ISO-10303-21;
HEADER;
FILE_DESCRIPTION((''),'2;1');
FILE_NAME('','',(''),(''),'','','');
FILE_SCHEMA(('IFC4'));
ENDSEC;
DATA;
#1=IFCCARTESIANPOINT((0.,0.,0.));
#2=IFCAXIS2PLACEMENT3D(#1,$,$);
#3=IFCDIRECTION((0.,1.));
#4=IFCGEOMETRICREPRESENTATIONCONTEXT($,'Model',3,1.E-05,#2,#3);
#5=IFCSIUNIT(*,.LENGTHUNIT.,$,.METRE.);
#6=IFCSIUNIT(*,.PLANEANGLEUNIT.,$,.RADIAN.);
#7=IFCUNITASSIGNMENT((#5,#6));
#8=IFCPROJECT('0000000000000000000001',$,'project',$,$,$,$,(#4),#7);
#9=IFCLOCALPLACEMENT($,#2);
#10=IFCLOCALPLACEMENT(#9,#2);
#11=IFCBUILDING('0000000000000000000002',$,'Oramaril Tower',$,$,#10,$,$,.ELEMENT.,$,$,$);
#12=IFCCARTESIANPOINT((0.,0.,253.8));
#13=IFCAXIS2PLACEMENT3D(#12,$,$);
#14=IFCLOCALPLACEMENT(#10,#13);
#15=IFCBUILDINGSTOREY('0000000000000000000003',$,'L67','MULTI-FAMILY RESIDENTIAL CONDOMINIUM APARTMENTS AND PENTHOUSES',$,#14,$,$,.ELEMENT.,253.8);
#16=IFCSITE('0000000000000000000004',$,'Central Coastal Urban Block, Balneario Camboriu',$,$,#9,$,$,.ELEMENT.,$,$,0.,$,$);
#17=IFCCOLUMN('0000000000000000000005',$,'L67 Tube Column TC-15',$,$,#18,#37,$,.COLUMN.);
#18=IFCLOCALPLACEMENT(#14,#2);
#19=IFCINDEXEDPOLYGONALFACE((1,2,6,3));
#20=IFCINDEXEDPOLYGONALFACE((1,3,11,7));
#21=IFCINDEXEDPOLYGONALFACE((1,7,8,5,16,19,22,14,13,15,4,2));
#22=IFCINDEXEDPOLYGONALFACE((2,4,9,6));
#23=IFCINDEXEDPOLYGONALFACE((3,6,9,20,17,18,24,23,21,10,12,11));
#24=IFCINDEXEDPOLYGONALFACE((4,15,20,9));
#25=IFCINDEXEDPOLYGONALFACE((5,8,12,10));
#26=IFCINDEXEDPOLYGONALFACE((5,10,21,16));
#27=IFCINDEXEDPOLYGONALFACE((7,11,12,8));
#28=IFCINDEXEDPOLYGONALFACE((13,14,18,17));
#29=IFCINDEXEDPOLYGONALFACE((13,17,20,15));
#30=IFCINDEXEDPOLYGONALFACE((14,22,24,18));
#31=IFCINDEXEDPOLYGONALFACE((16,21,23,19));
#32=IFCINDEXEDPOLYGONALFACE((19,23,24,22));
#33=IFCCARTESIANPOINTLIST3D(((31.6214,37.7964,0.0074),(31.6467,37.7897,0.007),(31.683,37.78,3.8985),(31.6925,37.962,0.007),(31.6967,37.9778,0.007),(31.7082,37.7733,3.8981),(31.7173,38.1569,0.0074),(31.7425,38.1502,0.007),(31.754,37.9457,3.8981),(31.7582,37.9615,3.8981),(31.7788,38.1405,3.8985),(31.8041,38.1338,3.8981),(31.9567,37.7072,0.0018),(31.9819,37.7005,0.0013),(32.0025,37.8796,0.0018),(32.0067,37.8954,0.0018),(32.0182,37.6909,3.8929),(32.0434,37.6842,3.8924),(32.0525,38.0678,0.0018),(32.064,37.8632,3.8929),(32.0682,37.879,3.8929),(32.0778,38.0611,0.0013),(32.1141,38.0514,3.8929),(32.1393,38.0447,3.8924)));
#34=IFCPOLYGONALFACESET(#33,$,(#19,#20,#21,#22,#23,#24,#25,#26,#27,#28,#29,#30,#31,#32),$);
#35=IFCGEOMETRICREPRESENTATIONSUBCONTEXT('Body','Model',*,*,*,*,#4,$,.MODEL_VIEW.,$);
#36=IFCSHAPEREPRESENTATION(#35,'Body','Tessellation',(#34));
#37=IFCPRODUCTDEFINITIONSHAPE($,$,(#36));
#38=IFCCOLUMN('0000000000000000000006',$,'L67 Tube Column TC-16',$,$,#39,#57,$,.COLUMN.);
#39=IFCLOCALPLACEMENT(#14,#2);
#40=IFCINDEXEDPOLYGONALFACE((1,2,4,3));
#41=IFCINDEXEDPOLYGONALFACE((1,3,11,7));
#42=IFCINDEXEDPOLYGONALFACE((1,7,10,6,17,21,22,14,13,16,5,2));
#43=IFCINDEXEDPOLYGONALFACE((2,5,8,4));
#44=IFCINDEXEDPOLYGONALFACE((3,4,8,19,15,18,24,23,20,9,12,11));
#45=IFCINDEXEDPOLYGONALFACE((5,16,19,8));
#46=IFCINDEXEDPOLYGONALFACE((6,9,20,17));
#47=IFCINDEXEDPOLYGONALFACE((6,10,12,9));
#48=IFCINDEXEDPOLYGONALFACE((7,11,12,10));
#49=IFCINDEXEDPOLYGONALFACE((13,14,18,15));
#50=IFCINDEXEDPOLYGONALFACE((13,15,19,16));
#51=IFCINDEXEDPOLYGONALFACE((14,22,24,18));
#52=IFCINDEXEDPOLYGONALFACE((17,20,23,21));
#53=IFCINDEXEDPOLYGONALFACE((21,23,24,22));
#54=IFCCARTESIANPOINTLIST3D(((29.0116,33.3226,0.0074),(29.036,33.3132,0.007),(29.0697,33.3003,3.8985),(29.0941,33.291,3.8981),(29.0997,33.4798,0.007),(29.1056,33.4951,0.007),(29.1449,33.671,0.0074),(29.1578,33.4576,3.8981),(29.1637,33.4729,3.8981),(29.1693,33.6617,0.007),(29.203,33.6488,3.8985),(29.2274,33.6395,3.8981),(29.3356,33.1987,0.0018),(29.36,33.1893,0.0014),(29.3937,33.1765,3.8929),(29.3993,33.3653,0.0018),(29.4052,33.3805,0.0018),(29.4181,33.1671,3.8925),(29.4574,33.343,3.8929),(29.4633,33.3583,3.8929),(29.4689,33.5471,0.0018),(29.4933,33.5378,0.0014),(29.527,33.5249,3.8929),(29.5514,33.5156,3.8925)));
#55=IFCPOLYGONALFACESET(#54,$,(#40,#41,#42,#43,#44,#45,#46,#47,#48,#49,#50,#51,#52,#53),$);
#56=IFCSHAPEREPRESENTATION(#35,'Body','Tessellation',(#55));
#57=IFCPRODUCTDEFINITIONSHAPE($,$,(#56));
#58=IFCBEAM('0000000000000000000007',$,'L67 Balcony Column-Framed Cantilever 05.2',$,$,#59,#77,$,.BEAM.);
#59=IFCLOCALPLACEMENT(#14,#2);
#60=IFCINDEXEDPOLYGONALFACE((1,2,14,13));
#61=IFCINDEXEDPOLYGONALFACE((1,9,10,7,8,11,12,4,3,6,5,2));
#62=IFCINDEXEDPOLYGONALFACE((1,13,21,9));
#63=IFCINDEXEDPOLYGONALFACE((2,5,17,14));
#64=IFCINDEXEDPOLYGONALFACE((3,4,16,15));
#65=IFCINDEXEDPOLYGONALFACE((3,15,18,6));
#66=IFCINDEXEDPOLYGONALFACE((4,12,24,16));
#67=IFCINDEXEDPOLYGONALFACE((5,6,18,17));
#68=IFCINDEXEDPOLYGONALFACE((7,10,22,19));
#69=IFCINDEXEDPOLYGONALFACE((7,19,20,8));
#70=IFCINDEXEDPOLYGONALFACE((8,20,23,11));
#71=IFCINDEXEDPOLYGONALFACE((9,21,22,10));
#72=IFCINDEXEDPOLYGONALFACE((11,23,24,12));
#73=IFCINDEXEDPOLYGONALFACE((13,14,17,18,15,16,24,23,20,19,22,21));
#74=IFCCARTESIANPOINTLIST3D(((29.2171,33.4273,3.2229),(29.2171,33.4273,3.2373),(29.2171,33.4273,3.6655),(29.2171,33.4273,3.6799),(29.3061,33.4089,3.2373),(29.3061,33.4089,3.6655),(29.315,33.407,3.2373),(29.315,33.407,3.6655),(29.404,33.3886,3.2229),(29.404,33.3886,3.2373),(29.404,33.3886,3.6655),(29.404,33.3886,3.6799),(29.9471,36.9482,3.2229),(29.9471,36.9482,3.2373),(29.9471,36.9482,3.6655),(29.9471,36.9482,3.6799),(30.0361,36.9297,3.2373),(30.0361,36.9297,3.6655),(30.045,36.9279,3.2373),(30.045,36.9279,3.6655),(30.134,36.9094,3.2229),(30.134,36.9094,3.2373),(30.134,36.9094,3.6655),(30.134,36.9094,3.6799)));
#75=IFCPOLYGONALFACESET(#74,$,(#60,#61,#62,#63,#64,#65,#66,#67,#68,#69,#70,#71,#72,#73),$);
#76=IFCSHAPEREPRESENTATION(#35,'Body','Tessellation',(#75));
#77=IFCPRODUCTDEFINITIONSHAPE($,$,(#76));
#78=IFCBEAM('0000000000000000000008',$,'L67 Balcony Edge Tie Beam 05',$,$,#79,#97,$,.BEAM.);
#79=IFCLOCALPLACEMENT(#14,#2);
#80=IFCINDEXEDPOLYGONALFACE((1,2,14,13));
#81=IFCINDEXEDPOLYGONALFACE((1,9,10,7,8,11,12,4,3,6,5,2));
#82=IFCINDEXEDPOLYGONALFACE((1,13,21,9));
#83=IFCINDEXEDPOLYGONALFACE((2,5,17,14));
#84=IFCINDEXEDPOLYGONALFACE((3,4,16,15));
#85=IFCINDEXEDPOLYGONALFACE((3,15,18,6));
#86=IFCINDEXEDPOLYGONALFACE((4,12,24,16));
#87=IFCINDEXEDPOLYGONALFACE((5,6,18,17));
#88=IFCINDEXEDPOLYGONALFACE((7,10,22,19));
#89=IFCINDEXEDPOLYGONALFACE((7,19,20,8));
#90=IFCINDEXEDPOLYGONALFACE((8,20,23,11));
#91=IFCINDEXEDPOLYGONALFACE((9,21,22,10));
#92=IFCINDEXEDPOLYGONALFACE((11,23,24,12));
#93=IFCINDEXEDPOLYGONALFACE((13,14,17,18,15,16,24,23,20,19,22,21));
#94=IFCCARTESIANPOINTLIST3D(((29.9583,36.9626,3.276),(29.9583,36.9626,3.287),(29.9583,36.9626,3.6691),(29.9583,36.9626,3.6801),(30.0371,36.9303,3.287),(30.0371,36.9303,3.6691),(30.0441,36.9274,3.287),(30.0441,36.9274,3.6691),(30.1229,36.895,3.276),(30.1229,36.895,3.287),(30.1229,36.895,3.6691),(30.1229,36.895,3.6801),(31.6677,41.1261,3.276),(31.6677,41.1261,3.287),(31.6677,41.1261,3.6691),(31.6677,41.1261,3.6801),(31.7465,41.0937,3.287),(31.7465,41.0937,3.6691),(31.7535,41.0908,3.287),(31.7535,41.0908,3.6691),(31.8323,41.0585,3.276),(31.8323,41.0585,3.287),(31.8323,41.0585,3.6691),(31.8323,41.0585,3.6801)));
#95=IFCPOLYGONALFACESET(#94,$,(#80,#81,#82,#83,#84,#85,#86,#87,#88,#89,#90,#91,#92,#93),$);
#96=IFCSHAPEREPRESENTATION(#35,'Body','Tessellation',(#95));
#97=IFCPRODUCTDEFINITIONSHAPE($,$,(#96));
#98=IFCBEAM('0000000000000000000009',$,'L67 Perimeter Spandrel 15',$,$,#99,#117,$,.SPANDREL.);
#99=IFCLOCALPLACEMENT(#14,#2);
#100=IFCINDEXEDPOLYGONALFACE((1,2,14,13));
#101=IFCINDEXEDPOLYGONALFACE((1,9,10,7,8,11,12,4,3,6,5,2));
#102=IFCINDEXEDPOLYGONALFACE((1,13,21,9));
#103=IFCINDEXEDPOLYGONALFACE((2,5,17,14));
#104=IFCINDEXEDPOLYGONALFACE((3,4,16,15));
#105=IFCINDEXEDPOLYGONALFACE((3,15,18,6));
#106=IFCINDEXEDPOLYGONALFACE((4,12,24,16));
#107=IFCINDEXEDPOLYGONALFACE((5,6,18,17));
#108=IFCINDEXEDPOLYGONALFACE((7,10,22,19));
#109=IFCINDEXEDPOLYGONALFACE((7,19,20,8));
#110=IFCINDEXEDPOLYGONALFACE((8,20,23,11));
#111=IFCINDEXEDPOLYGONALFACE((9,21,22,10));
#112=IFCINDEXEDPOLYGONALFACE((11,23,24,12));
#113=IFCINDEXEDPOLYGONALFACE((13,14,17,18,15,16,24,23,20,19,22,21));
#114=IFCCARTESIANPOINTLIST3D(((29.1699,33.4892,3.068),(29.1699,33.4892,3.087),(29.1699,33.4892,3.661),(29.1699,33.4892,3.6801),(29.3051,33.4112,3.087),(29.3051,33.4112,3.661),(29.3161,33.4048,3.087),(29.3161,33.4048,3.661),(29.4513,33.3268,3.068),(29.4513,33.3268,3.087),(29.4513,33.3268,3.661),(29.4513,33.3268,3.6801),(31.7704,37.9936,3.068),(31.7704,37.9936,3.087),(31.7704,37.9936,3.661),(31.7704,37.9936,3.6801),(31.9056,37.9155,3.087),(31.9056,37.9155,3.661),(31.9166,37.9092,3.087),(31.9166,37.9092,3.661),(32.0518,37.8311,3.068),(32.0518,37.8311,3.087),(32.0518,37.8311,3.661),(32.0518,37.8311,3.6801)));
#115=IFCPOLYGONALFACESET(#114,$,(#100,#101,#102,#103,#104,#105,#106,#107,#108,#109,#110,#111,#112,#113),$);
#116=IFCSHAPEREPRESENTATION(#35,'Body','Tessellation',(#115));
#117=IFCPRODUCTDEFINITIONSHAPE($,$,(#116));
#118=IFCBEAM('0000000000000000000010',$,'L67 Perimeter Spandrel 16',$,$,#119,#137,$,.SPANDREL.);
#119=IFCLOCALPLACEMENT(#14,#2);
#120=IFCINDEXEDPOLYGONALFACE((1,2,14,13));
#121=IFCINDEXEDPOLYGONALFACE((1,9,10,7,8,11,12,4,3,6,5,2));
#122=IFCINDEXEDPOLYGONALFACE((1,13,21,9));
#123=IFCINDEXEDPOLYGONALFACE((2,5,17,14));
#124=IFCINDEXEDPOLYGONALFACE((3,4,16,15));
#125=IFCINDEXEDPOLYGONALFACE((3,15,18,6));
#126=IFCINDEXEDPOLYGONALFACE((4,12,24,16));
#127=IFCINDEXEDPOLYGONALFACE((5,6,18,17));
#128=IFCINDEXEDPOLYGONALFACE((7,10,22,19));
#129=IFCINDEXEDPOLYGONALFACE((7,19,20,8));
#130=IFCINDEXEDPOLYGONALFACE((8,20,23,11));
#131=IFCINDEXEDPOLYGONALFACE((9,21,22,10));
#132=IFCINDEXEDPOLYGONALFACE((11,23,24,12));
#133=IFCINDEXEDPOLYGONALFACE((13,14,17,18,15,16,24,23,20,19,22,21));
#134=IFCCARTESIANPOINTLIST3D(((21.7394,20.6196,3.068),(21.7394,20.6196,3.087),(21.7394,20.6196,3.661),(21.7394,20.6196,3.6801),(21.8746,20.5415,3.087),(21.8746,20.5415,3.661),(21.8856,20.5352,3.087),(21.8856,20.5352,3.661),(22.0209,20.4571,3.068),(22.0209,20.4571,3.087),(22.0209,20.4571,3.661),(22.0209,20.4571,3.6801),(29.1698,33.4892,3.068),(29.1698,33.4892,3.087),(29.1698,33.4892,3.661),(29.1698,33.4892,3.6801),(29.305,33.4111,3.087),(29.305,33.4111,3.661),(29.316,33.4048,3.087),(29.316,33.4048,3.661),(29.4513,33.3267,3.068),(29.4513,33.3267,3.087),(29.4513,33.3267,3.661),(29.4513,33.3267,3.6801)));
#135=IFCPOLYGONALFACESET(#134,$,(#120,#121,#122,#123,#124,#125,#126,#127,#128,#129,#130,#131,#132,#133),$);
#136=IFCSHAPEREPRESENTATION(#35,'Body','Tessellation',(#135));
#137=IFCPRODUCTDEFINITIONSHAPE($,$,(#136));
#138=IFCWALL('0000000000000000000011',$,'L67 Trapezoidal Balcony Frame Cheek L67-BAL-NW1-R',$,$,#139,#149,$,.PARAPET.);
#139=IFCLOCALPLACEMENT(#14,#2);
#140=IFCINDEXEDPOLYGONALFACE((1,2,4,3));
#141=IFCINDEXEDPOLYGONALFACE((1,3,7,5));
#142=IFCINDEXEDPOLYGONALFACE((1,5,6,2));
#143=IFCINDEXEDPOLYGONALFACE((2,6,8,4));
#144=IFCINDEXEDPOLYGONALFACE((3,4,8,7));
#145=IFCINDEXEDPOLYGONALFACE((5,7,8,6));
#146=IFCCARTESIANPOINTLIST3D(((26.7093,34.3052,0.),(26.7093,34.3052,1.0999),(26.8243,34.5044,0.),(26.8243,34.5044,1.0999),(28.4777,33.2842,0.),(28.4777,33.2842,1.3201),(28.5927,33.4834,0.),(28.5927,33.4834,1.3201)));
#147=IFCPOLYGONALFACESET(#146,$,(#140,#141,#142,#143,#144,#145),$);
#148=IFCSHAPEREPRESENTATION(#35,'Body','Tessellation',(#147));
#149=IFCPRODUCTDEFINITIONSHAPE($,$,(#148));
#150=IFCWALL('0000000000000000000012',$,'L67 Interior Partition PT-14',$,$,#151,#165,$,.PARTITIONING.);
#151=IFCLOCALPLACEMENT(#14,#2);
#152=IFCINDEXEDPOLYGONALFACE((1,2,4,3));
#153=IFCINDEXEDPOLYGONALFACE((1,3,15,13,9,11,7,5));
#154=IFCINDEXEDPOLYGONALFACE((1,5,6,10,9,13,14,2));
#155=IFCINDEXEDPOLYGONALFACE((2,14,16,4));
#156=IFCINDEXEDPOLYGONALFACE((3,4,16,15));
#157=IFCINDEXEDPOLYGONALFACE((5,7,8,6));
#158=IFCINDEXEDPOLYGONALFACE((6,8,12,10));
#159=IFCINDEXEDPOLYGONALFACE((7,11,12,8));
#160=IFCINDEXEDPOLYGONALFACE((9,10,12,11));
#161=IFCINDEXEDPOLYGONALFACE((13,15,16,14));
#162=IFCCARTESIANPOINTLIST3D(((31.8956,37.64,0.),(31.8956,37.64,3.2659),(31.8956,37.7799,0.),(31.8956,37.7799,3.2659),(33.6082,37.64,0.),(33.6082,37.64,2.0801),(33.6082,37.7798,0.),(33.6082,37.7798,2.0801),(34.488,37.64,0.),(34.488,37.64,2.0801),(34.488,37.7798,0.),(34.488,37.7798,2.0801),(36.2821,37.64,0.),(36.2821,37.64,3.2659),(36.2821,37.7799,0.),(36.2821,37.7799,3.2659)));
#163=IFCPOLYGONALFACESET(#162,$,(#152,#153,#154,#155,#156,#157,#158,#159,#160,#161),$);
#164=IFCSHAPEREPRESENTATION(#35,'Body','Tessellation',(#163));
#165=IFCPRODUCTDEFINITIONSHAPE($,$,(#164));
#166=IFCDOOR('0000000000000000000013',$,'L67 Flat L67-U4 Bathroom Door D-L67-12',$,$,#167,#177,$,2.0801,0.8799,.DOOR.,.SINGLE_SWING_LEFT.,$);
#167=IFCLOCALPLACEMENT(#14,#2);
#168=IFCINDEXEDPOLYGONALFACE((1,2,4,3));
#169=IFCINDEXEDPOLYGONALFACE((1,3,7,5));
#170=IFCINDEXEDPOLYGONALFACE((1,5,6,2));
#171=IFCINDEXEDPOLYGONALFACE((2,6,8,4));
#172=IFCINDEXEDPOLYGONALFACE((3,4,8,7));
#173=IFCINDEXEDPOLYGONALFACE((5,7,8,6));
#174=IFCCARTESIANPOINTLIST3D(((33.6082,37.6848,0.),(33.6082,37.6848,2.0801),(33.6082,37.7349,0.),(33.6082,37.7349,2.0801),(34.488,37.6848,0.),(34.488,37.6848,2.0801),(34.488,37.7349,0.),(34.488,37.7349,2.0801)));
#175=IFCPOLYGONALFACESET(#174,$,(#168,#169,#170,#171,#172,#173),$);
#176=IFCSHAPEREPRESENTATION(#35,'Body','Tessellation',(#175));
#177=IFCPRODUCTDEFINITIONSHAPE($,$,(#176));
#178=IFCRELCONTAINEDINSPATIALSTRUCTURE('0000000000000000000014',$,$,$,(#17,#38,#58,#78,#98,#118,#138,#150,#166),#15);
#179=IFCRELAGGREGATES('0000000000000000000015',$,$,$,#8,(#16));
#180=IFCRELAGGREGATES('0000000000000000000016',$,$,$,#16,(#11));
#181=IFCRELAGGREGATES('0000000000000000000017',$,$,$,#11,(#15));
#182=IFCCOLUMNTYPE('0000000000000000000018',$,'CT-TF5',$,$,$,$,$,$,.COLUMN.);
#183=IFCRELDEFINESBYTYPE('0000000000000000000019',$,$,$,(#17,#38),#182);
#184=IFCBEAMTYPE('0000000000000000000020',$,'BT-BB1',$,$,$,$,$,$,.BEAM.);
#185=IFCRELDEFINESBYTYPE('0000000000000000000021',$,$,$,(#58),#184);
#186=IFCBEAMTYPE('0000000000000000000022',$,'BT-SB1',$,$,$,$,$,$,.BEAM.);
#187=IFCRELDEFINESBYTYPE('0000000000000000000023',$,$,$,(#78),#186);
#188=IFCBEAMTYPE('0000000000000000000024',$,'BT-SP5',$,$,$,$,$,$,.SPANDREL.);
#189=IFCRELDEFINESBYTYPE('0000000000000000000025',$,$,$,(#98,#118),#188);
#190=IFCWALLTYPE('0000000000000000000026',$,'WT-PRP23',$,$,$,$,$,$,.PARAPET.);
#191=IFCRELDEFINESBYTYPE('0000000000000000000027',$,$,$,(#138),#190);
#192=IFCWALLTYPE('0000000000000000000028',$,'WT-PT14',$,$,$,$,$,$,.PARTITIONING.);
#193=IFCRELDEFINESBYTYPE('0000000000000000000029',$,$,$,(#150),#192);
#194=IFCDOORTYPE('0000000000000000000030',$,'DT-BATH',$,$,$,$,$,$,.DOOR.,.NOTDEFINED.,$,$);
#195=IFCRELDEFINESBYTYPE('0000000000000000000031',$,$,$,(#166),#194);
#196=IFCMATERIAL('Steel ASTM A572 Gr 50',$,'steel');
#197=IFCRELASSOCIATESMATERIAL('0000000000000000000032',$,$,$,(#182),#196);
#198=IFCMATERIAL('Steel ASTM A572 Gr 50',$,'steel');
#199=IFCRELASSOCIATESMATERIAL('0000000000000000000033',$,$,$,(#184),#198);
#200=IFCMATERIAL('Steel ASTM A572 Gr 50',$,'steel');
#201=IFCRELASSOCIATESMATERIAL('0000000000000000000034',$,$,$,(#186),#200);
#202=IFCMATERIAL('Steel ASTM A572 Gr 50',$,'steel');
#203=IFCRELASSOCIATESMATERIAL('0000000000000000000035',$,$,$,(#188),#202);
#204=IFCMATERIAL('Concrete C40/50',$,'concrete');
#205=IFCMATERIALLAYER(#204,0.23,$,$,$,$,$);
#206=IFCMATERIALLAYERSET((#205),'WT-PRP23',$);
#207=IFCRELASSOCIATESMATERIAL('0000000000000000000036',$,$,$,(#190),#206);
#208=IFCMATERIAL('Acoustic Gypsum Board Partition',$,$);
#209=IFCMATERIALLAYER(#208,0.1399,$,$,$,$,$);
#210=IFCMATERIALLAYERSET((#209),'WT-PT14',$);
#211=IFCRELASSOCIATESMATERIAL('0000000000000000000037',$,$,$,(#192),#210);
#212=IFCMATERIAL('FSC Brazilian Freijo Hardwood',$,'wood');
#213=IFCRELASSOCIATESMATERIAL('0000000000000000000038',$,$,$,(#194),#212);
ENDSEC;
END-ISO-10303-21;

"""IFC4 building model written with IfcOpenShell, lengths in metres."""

from ifc_helpers import new_model, si_unit, direction, frame, frame_2d, origin, origin_2d, place, context, subcontext, project, spatial, polyline, rectangle, i_section, outline, extrude, material, layer, layer_set, material_profile, profile_set, type_object, element, fill, save


model = new_model("IFC4")

# Units and contexts
model_context = context("Model", 3, precision=1e-05, world=origin(), true_north=direction((0.0, 1.0)))
body_context = subcontext(model_context, "Body", "Model", "MODEL_VIEW")
ifc_project = project(units=[si_unit("LENGTHUNIT", "METRE"), si_unit("PLANEANGLEUNIT", "RADIAN")], contexts=[model_context])

# Site, building, storey
site_placement = place(None, origin())
site = spatial("IfcSite", under=ifc_project, at=site_placement, Name="Central Coastal Urban Block, Balneario Camboriu", CompositionType="ELEMENT", RefElevation=0.0)
building_placement = place(site_placement, origin())
building = spatial("IfcBuilding", under=site, at=building_placement, Name="Oramaril Tower", CompositionType="ELEMENT")
storey_placement = place(building_placement, frame((0.0, 0.0, 253.8)))
storey = spatial("IfcBuildingStorey", under=building, at=storey_placement, Name="L67", Description="MULTI-FAMILY RESIDENTIAL CONDOMINIUM APARTMENTS AND PENTHOUSES", CompositionType="ELEMENT", Elevation=253.8)

# Columns
ifc_material_1 = material(Name="Steel ASTM A572 Gr 50", Category="steel")
ifc_material_profile_1 = material_profile(ifc_material_1, i_section(OverallWidth=0.373, OverallDepth=0.373, WebThickness=0.0164, FlangeThickness=0.0261, at=origin_2d()), Name="W14X132")
ifc_profile_set_1 = profile_set([ifc_material_profile_1], Name="Steel ASTM A572 Gr 50")
column_type = type_object("IfcColumnType", Name="CT-TF5", PredefinedType="COLUMN", material=ifc_profile_set_1)
for number, where, z_axis, x_axis, name in (
    (1, (31.8496, 37.9287, 0.0044), (0.015809, -0.004203, 0.999866), (0.256946, 0.966426, 0.0), "L67 Tube Column TC-15"),
    (2, (29.2524, 33.4302, 0.0044), (0.014931, -0.005709, 0.999872), (0.357137, 0.934052, 0.0), "L67 Tube Column TC-16"),
):
    element("IfcColumn", number, at=place(storey_placement, frame(where, z_axis=z_axis, x_axis=x_axis)), inside=storey, type_object=column_type, Name=name, PredefinedType="COLUMN", context=body_context, shape_type="SweptSolid", body=[
        extrude(i_section(OverallWidth=0.373, OverallDepth=0.373, WebThickness=0.0164, FlangeThickness=0.0261, at=origin_2d()), origin(), (0.0, 0.0, 1.0), 3.8916),
    ])

# Beams
ifc_material_2 = material(Name="Steel ASTM A572 Gr 50", Category="steel")
ifc_material_profile_2 = material_profile(ifc_material_2, i_section(OverallWidth=0.1909, OverallDepth=0.457, WebThickness=0.009, FlangeThickness=0.0144, at=origin_2d()), Name="W18X50")
ifc_profile_set_2 = profile_set([ifc_material_profile_2], Name="Steel ASTM A572 Gr 50")
beam_type_1 = type_object("IfcBeamType", Name="BT-BB1", PredefinedType="BEAM", material=ifc_profile_set_2)
beam_1_placement = place(storey_placement, frame((29.3105, 33.408, 3.4514), z_axis=(0.203019, 0.979175, 0.0), x_axis=(-0.979175, 0.203019, 0.0)))
element("IfcBeam", 3, at=beam_1_placement, inside=storey, type_object=beam_type_1, Name="L67 Balcony Column-Framed Cantilever 05.2", PredefinedType="BEAM", context=body_context, shape_type="SweptSolid", body=[
    extrude(i_section(OverallWidth=0.1909, OverallDepth=0.457, WebThickness=0.009, FlangeThickness=0.0144, at=origin_2d()), origin(), (0.0, 0.0, 1.0), 3.5957),
])
ifc_material_3 = material(Name="Steel ASTM A572 Gr 50", Category="steel")
ifc_material_profile_3 = material_profile(ifc_material_3, i_section(OverallWidth=0.178, OverallDepth=0.4041, WebThickness=0.0076, FlangeThickness=0.011, at=origin_2d()), Name="W16X36")
ifc_profile_set_3 = profile_set([ifc_material_profile_3], Name="Steel ASTM A572 Gr 50")
beam_type_2 = type_object("IfcBeamType", Name="BT-SB1", PredefinedType="BEAM", material=ifc_profile_set_3)
beam_2_placement = place(storey_placement, frame((31.75, 41.0923, 3.478), z_axis=(-0.379811, -0.925064, 0.0), x_axis=(0.925064, -0.379811, 0.0)))
element("IfcBeam", 4, at=beam_2_placement, inside=storey, type_object=beam_type_2, Name="L67 Balcony Edge Tie Beam 05", PredefinedType="BEAM", context=body_context, shape_type="SweptSolid", body=[
    extrude(i_section(OverallWidth=0.178, OverallDepth=0.4041, WebThickness=0.0076, FlangeThickness=0.011, at=origin_2d()), origin(), (0.0, 0.0, 1.0), 4.5007),
])
ifc_material_4 = material(Name="Steel ASTM A572 Gr 50", Category="steel")
ifc_material_profile_4 = material_profile(ifc_material_4, i_section(OverallWidth=0.325, OverallDepth=0.6121, WebThickness=0.0127, FlangeThickness=0.019, at=origin_2d()), Name="W24X104")
ifc_profile_set_4 = profile_set([ifc_material_profile_4], Name="Steel ASTM A572 Gr 50")
beam_type_3 = type_object("IfcBeamType", Name="BT-SP5", PredefinedType="SPANDREL", material=ifc_profile_set_4)
beam_3_placement = place(storey_placement, frame((31.9111, 37.9124, 3.374), z_axis=(-0.499996, -0.866028, 0.0), x_axis=(0.866028, -0.499996, 0.0)))
element("IfcBeam", 5, at=beam_3_placement, inside=storey, type_object=beam_type_3, Name="L67 Perimeter Spandrel 15", PredefinedType="SPANDREL", context=body_context, shape_type="SweptSolid", body=[
    extrude(i_section(OverallWidth=0.325, OverallDepth=0.6121, WebThickness=0.0127, FlangeThickness=0.019, at=origin_2d()), origin(), (0.0, 0.0, 1.0), 5.2012),
])
beam_4_placement = place(storey_placement, frame((29.3105, 33.408, 3.374), z_axis=(-0.500007, -0.866021, 0.0), x_axis=(0.866021, -0.500007, 0.0)))
element("IfcBeam", 6, at=beam_4_placement, inside=storey, type_object=beam_type_3, Name="L67 Perimeter Spandrel 16", PredefinedType="SPANDREL", context=body_context, shape_type="SweptSolid", body=[
    extrude(i_section(OverallWidth=0.325, OverallDepth=0.6121, WebThickness=0.0127, FlangeThickness=0.019, at=origin_2d()), origin(), (0.0, 0.0, 1.0), 14.8606),
])

# Wall
ifc_material_5 = material(Name="Concrete C40/50", Category="concrete")
ifc_layer_1 = layer(ifc_material_5, 0.23)
ifc_layer_set_1 = layer_set([ifc_layer_1], Name="WT-PRP23")
wall_type_1 = type_object("IfcWallType", Name="WT-PRP23", PredefinedType="PARAPET", material=ifc_layer_set_1)
wall_1_placement = place(storey_placement, frame((28.5352, 33.3838, 0.0), z_axis=(0.0, 0.0, 1.0), x_axis=(-0.866012, 0.500023, 0.0)))
element("IfcWall", 7, at=wall_1_placement, inside=storey, type_object=wall_type_1, Name="L67 Trapezoidal Balcony Frame Cheek L67-BAL-NW1-R", PredefinedType="PARAPET", context=body_context, shape_type="SweptSolid", body=[
    extrude(outline(polyline([(0.0, 0.0), (2.042, 0.0), (2.042, 1.0999), (0.0, 1.3201), (0.0, 0.0)])), frame((0.0, 0.115, 0.0), z_axis=(0.0, -1.0, 0.0), x_axis=(1.0, 0.0, 0.0)), (0.0, 0.0, 1.0), 0.23),
])

# Wall, opening, door
ifc_material_6 = material(Name="Acoustic Gypsum Board Partition")
ifc_layer_2 = layer(ifc_material_6, 0.1399)
ifc_layer_set_2 = layer_set([ifc_layer_2], Name="WT-PT14")
wall_type_2 = type_object("IfcWallType", Name="WT-PT14", PredefinedType="PARTITIONING", material=ifc_layer_set_2)
wall_2_placement = place(storey_placement, frame((31.8955, 37.71, 0.0), z_axis=(0.0, 0.0, 1.0), x_axis=(1.0, 0.0, 0.0)))
wall_2 = element("IfcWall", 8, at=wall_2_placement, inside=storey, type_object=wall_type_2, Name="L67 Interior Partition PT-14", PredefinedType="PARTITIONING", context=body_context, shape_type="SweptSolid", body=[
    extrude(rectangle(XDim=4.3865, YDim=0.1399, at=frame_2d((2.1934, 0.0))), origin(), (0.0, 0.0, 1.0), 3.2659),
])
opening_placement = place(wall_2_placement, frame((1.7126, 0.0, 0.0)))
opening = element("IfcOpeningElement", 9, at=opening_placement, cuts=wall_2, PredefinedType="OPENING", context=body_context, shape_type="SweptSolid", body=[
    extrude(rectangle(XDim=0.8799, YDim=2.0801, at=frame_2d((0.4399, 1.04))), frame((0.0, 0.0698, 0.0), z_axis=(0.0, -1.0, 0.0), x_axis=(1.0, 0.0, 0.0)), (0.0, 0.0, 1.0), 0.1399),
])
ifc_material_7 = material(Name="FSC Brazilian Freijo Hardwood", Category="wood")
door_type = type_object("IfcDoorType", Name="DT-BATH", OperationType="NOTDEFINED", PredefinedType="DOOR", material=ifc_material_7)
door_placement = place(opening_placement, origin())
door = element("IfcDoor", 10, at=door_placement, inside=storey, type_object=door_type, Name="L67 Flat L67-U4 Bathroom Door D-L67-12", OperationType="SINGLE_SWING_LEFT", OverallHeight=2.0801, OverallWidth=0.8799, PredefinedType="DOOR", context=body_context, shape_type="SweptSolid", body=[
    extrude(rectangle(XDim=0.8799, YDim=2.0801, at=frame_2d((0.4399, 1.04))), frame((0.0, 0.0249, 0.0), z_axis=(0.0, -1.0, 0.0), x_axis=(1.0, 0.0, 0.0)), (0.0, 0.0, 1.0), 0.05),
])
fill(opening, door)

save(model, "model.ifc")
